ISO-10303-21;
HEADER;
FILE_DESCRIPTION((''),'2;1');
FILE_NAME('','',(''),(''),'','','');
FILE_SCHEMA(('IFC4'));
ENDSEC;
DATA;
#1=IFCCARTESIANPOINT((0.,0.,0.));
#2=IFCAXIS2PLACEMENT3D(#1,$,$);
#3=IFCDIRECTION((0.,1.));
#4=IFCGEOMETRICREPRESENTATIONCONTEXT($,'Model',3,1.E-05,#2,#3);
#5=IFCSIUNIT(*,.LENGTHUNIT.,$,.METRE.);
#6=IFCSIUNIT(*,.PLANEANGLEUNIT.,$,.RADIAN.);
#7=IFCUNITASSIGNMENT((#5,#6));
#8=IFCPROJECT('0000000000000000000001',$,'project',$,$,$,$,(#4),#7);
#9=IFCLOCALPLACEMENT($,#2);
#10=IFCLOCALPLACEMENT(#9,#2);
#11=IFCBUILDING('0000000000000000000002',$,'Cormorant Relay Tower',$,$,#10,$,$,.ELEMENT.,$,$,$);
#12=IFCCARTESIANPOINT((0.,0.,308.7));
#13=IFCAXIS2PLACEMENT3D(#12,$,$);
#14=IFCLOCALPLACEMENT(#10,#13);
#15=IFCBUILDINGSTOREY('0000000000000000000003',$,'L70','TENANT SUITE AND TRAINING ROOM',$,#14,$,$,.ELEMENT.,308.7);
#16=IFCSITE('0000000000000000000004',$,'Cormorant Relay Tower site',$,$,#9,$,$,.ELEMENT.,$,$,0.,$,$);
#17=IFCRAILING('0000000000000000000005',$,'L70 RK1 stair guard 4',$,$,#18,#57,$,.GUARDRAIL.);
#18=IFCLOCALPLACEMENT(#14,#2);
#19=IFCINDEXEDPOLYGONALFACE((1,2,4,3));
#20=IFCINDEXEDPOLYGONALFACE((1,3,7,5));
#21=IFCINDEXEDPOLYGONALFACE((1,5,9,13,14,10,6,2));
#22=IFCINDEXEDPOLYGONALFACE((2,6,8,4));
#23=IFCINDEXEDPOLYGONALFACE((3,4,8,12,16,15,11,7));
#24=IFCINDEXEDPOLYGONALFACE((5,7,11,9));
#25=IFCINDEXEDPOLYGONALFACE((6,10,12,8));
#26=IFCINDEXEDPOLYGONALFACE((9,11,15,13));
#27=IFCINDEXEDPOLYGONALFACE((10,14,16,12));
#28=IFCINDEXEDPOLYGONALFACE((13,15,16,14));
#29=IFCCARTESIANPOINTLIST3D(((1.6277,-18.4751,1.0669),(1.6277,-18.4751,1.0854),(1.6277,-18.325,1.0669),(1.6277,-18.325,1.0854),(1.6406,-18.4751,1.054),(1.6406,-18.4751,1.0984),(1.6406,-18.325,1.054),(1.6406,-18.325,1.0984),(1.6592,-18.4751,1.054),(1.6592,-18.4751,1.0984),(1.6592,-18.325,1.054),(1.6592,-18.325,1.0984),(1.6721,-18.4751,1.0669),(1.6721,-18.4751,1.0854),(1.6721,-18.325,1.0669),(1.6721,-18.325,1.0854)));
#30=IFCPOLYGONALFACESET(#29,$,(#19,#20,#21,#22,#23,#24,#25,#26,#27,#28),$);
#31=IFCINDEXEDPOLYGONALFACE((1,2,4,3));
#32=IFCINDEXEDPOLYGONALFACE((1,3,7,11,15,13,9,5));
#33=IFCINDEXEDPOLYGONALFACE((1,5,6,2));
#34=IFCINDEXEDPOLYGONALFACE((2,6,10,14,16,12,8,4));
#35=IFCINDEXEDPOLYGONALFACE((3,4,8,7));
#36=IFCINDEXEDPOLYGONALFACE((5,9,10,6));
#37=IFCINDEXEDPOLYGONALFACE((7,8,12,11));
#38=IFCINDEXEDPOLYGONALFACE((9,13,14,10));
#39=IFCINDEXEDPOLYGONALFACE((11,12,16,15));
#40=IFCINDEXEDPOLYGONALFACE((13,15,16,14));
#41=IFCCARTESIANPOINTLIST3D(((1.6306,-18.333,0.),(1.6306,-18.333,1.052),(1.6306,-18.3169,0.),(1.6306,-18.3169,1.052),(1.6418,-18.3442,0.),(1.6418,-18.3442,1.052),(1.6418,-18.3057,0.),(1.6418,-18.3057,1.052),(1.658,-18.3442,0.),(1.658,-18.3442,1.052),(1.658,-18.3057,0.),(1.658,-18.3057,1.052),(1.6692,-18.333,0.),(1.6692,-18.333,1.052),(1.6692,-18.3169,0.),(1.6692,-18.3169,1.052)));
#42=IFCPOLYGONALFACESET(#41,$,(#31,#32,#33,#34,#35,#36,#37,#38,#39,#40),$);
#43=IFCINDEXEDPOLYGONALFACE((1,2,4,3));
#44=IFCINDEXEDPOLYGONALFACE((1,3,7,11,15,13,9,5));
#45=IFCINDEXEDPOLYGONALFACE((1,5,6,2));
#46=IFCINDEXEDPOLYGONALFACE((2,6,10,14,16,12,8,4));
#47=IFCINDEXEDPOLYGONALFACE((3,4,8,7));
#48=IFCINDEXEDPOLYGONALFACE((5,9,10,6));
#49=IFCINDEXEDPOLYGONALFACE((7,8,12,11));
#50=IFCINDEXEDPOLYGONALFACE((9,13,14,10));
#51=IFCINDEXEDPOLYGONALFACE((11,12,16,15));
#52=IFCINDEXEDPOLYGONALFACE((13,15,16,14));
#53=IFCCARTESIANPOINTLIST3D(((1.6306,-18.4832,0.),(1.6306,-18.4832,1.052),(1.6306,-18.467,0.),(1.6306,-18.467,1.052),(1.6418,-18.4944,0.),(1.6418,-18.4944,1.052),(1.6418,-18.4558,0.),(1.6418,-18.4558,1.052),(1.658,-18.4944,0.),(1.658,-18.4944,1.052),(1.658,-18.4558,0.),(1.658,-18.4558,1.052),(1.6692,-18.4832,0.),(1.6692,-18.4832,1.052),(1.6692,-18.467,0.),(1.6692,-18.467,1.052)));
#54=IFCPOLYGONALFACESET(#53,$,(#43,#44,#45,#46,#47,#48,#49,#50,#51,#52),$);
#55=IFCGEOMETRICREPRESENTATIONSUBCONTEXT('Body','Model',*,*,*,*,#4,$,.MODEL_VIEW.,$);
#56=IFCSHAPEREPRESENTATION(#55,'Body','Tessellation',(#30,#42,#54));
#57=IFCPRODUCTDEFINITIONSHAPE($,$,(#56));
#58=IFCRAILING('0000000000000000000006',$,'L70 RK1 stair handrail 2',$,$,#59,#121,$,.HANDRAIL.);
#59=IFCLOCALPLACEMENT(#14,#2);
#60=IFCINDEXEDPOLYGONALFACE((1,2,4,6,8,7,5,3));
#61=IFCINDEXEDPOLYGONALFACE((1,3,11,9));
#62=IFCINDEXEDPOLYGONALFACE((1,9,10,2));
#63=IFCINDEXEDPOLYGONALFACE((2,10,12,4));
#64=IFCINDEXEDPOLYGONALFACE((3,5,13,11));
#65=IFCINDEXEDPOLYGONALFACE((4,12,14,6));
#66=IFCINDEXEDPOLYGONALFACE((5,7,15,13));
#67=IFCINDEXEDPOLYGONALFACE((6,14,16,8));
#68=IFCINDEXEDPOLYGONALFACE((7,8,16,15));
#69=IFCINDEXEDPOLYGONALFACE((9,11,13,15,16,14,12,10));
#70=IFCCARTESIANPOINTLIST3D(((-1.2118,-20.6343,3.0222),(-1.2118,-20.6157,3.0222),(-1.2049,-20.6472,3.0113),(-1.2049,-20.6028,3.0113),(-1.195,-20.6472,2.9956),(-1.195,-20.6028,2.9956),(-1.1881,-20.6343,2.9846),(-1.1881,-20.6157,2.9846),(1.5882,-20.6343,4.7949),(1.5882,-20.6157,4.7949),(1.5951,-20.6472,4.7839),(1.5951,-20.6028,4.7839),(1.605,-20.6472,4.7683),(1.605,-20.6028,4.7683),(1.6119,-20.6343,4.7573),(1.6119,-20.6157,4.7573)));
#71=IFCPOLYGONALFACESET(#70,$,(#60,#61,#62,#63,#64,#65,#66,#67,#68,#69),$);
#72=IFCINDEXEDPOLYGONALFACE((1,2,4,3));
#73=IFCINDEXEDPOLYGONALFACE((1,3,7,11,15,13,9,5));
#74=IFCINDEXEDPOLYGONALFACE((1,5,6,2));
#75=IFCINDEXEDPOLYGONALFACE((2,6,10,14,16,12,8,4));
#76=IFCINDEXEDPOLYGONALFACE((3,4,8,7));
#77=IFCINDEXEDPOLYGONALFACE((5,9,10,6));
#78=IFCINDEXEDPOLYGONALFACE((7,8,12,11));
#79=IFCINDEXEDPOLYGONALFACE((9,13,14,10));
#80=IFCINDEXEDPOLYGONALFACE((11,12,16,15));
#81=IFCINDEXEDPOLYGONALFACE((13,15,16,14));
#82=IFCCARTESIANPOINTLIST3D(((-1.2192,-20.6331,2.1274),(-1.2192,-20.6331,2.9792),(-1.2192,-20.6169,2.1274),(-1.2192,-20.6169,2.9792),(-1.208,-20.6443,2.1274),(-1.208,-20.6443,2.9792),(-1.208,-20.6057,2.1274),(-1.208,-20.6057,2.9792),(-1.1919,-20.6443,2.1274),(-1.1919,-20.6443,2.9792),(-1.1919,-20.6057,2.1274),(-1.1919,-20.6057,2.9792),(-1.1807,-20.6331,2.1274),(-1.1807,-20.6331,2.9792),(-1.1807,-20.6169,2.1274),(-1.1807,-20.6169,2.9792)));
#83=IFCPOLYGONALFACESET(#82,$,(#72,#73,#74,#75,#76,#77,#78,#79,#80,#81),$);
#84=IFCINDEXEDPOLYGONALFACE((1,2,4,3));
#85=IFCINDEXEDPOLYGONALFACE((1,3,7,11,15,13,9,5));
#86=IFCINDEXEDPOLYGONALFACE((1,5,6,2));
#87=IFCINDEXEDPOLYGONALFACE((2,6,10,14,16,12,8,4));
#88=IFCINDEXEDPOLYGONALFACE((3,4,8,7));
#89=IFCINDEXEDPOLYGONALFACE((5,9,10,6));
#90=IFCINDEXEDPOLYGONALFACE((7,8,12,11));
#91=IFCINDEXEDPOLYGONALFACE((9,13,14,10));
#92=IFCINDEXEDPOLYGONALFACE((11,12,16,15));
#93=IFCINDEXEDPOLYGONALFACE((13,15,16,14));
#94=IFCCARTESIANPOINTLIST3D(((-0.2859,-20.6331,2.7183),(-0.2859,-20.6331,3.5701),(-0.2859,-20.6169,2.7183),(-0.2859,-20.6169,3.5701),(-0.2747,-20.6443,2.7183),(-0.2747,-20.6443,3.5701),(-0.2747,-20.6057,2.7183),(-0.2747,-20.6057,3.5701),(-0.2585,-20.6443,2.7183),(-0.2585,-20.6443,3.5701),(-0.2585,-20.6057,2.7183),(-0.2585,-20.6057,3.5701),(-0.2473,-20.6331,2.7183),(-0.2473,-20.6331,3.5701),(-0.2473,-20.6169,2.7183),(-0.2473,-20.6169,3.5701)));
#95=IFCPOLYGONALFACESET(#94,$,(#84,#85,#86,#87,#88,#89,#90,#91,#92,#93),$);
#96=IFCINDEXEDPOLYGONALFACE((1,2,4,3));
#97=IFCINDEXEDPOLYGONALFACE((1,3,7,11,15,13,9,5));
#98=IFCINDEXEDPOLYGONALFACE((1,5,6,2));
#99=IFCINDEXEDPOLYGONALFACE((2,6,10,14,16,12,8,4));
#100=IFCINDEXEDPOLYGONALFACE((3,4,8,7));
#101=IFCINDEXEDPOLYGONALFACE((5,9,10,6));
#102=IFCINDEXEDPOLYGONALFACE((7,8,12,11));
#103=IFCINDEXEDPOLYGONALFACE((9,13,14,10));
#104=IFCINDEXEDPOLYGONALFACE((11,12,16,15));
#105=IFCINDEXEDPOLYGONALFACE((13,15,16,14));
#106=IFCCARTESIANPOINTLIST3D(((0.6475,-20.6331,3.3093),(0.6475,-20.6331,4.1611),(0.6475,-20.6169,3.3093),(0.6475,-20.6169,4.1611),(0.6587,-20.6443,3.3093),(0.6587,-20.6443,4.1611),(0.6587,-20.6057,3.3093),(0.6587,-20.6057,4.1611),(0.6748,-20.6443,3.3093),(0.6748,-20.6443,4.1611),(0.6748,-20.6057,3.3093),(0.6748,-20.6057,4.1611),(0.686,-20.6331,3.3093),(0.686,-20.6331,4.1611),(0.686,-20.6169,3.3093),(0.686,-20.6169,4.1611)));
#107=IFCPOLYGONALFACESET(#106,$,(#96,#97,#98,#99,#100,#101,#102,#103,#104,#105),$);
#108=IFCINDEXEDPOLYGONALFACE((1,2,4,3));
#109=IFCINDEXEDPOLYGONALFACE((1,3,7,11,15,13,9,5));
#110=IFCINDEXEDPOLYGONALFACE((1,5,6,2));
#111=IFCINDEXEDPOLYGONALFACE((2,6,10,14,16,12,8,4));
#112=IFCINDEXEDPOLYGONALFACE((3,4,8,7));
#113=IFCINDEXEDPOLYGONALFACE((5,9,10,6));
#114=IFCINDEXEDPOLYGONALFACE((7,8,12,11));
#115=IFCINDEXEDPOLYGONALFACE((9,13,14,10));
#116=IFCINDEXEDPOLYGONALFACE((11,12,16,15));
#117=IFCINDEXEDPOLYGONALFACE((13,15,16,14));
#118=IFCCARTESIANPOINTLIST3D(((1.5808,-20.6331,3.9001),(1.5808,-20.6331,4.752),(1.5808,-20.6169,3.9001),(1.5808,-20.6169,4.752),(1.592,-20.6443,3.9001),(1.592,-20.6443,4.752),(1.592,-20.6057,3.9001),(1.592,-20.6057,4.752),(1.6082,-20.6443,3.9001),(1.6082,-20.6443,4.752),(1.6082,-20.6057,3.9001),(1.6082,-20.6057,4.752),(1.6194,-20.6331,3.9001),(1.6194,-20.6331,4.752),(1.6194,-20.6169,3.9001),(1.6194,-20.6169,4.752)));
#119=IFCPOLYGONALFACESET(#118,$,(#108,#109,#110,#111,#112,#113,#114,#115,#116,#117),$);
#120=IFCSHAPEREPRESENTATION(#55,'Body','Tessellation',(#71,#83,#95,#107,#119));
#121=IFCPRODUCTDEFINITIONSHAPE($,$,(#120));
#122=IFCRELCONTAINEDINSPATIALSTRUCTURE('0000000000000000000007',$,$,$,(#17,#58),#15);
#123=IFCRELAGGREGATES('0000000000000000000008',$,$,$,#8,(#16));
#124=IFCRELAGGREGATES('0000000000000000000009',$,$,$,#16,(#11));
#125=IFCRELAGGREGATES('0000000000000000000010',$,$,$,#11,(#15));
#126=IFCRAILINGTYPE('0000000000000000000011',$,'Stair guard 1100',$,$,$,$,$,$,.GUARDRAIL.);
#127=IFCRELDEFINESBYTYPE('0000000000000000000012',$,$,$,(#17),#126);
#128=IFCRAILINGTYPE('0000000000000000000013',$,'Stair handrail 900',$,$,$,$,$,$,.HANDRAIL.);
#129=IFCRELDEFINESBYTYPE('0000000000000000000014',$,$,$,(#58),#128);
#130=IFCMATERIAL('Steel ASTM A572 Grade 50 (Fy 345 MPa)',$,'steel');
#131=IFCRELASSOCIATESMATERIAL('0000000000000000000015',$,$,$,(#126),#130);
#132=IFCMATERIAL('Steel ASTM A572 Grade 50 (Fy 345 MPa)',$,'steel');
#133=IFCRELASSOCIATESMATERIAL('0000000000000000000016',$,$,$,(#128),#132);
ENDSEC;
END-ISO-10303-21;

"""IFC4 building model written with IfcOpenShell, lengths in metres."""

from ifc_helpers import new_model, si_unit, direction, frame, origin, place, context, subcontext, project, spatial, polyline, outline, extrude, material, type_object, element, save


model = new_model("IFC4")

# Units and contexts
model_context = context("Model", 3, precision=1e-05, world=origin(), true_north=direction((0.0, 1.0)))
body_context = subcontext(model_context, "Body", "Model", "MODEL_VIEW")
ifc_project = project(units=[si_unit("LENGTHUNIT", "METRE"), si_unit("PLANEANGLEUNIT", "RADIAN")], contexts=[model_context])

# Site, building, storey
site_placement = place(None, origin())
site = spatial("IfcSite", under=ifc_project, at=site_placement, Name="Cormorant Relay Tower site", CompositionType="ELEMENT", RefElevation=0.0)
building_placement = place(site_placement, origin())
building = spatial("IfcBuilding", under=site, at=building_placement, Name="Cormorant Relay Tower", CompositionType="ELEMENT")
storey_placement = place(building_placement, frame((0.0, 0.0, 308.7)))
storey = spatial("IfcBuildingStorey", under=building, at=storey_placement, Name="L70", Description="TENANT SUITE AND TRAINING ROOM", CompositionType="ELEMENT", Elevation=308.7)

# Railings
ifc_material_1 = material(Name="Steel ASTM A572 Grade 50 (Fy 345 MPa)", Category="steel")
railing_type_1 = type_object("IfcRailingType", Name="Stair guard 1100", PredefinedType="GUARDRAIL", material=ifc_material_1)
railing_1_placement = place(storey_placement, frame((1.6499, -18.325, 0.0)))
element("IfcRailing", 1, at=railing_1_placement, inside=storey, type_object=railing_type_1, Name="L70 RK1 stair guard 4", PredefinedType="GUARDRAIL", context=body_context, shape_type="SweptSolid", body=[
    extrude(outline(polyline([(0.0222, 0.0093), (0.0093, 0.0222), (-0.0093, 0.0222), (-0.0222, 0.0093), (-0.0222, -0.0093), (-0.0093, -0.0222), (0.0093, -0.0222), (0.0222, -0.0093), (0.0222, 0.0093)])), frame((0.0, 0.0, 1.0762), z_axis=(0.0, -1.0, 0.0), x_axis=(1.0, 0.0, 0.0)), (0.0, 0.0, 1.0), 0.1501),
    extrude(outline(polyline([(0.0193, 0.0081), (0.0081, 0.0193), (-0.0081, 0.0193), (-0.0193, 0.0081), (-0.0193, -0.0081), (-0.0081, -0.0193), (0.0081, -0.0193), (0.0193, -0.0081), (0.0193, 0.0081)])), origin(), (0.0, 0.0, 1.0), 1.052),
    extrude(outline(polyline([(0.0193, 0.0081), (0.0081, 0.0193), (-0.0081, 0.0193), (-0.0193, 0.0081), (-0.0193, -0.0081), (-0.0081, -0.0193), (0.0081, -0.0193), (0.0193, -0.0081), (0.0193, 0.0081)])), frame((0.0, -0.1501, 0.0)), (0.0, 0.0, 1.0), 1.052),
])
ifc_material_2 = material(Name="Steel ASTM A572 Grade 50 (Fy 345 MPa)", Category="steel")
railing_type_2 = type_object("IfcRailingType", Name="Stair handrail 900", PredefinedType="HANDRAIL", material=ifc_material_2)
railing_2_placement = place(storey_placement, frame((-1.2, -20.625, 2.1274)))
element("IfcRailing", 2, at=railing_2_placement, inside=storey, type_object=railing_type_2, Name="L70 RK1 stair handrail 2", PredefinedType="HANDRAIL", context=body_context, shape_type="SweptSolid", body=[
    extrude(outline(polyline([(0.0222, 0.0093), (0.0093, 0.0222), (-0.0093, 0.0222), (-0.0222, 0.0093), (-0.0222, -0.0093), (-0.0093, -0.0222), (0.0093, -0.0222), (0.0222, -0.0093), (0.0222, 0.0093)])), frame((0.0, 0.0, 0.876), z_axis=(0.844909, 0.0, 0.53491), x_axis=(0.0, 1.0, 0.0)), (0.0, 0.0, 1.0), 3.314),
    extrude(outline(polyline([(0.0193, 0.0081), (0.0081, 0.0193), (-0.0081, 0.0193), (-0.0193, 0.0081), (-0.0193, -0.0081), (-0.0081, -0.0193), (0.0081, -0.0193), (0.0193, -0.0081), (0.0193, 0.0081)])), origin(), (0.0, 0.0, 1.0), 0.8518),
    extrude(outline(polyline([(0.0193, 0.0081), (0.0081, 0.0193), (-0.0081, 0.0193), (-0.0193, 0.0081), (-0.0193, -0.0081), (-0.0081, -0.0193), (0.0081, -0.0193), (0.0193, -0.0081), (0.0193, 0.0081)])), frame((0.9333, 0.0, 0.5908)), (0.0, 0.0, 1.0), 0.8518),
    extrude(outline(polyline([(0.0193, 0.0081), (0.0081, 0.0193), (-0.0081, 0.0193), (-0.0193, 0.0081), (-0.0193, -0.0081), (-0.0081, -0.0193), (0.0081, -0.0193), (0.0193, -0.0081), (0.0193, 0.0081)])), frame((1.8667, 0.0, 1.1819)), (0.0, 0.0, 1.0), 0.8518),
    extrude(outline(polyline([(0.0193, 0.0081), (0.0081, 0.0193), (-0.0081, 0.0193), (-0.0193, 0.0081), (-0.0193, -0.0081), (-0.0081, -0.0193), (0.0081, -0.0193), (0.0193, -0.0081), (0.0193, 0.0081)])), frame((2.8, 0.0, 1.7727)), (0.0, 0.0, 1.0), 0.8518),
])

save(model, "model.ifc")
